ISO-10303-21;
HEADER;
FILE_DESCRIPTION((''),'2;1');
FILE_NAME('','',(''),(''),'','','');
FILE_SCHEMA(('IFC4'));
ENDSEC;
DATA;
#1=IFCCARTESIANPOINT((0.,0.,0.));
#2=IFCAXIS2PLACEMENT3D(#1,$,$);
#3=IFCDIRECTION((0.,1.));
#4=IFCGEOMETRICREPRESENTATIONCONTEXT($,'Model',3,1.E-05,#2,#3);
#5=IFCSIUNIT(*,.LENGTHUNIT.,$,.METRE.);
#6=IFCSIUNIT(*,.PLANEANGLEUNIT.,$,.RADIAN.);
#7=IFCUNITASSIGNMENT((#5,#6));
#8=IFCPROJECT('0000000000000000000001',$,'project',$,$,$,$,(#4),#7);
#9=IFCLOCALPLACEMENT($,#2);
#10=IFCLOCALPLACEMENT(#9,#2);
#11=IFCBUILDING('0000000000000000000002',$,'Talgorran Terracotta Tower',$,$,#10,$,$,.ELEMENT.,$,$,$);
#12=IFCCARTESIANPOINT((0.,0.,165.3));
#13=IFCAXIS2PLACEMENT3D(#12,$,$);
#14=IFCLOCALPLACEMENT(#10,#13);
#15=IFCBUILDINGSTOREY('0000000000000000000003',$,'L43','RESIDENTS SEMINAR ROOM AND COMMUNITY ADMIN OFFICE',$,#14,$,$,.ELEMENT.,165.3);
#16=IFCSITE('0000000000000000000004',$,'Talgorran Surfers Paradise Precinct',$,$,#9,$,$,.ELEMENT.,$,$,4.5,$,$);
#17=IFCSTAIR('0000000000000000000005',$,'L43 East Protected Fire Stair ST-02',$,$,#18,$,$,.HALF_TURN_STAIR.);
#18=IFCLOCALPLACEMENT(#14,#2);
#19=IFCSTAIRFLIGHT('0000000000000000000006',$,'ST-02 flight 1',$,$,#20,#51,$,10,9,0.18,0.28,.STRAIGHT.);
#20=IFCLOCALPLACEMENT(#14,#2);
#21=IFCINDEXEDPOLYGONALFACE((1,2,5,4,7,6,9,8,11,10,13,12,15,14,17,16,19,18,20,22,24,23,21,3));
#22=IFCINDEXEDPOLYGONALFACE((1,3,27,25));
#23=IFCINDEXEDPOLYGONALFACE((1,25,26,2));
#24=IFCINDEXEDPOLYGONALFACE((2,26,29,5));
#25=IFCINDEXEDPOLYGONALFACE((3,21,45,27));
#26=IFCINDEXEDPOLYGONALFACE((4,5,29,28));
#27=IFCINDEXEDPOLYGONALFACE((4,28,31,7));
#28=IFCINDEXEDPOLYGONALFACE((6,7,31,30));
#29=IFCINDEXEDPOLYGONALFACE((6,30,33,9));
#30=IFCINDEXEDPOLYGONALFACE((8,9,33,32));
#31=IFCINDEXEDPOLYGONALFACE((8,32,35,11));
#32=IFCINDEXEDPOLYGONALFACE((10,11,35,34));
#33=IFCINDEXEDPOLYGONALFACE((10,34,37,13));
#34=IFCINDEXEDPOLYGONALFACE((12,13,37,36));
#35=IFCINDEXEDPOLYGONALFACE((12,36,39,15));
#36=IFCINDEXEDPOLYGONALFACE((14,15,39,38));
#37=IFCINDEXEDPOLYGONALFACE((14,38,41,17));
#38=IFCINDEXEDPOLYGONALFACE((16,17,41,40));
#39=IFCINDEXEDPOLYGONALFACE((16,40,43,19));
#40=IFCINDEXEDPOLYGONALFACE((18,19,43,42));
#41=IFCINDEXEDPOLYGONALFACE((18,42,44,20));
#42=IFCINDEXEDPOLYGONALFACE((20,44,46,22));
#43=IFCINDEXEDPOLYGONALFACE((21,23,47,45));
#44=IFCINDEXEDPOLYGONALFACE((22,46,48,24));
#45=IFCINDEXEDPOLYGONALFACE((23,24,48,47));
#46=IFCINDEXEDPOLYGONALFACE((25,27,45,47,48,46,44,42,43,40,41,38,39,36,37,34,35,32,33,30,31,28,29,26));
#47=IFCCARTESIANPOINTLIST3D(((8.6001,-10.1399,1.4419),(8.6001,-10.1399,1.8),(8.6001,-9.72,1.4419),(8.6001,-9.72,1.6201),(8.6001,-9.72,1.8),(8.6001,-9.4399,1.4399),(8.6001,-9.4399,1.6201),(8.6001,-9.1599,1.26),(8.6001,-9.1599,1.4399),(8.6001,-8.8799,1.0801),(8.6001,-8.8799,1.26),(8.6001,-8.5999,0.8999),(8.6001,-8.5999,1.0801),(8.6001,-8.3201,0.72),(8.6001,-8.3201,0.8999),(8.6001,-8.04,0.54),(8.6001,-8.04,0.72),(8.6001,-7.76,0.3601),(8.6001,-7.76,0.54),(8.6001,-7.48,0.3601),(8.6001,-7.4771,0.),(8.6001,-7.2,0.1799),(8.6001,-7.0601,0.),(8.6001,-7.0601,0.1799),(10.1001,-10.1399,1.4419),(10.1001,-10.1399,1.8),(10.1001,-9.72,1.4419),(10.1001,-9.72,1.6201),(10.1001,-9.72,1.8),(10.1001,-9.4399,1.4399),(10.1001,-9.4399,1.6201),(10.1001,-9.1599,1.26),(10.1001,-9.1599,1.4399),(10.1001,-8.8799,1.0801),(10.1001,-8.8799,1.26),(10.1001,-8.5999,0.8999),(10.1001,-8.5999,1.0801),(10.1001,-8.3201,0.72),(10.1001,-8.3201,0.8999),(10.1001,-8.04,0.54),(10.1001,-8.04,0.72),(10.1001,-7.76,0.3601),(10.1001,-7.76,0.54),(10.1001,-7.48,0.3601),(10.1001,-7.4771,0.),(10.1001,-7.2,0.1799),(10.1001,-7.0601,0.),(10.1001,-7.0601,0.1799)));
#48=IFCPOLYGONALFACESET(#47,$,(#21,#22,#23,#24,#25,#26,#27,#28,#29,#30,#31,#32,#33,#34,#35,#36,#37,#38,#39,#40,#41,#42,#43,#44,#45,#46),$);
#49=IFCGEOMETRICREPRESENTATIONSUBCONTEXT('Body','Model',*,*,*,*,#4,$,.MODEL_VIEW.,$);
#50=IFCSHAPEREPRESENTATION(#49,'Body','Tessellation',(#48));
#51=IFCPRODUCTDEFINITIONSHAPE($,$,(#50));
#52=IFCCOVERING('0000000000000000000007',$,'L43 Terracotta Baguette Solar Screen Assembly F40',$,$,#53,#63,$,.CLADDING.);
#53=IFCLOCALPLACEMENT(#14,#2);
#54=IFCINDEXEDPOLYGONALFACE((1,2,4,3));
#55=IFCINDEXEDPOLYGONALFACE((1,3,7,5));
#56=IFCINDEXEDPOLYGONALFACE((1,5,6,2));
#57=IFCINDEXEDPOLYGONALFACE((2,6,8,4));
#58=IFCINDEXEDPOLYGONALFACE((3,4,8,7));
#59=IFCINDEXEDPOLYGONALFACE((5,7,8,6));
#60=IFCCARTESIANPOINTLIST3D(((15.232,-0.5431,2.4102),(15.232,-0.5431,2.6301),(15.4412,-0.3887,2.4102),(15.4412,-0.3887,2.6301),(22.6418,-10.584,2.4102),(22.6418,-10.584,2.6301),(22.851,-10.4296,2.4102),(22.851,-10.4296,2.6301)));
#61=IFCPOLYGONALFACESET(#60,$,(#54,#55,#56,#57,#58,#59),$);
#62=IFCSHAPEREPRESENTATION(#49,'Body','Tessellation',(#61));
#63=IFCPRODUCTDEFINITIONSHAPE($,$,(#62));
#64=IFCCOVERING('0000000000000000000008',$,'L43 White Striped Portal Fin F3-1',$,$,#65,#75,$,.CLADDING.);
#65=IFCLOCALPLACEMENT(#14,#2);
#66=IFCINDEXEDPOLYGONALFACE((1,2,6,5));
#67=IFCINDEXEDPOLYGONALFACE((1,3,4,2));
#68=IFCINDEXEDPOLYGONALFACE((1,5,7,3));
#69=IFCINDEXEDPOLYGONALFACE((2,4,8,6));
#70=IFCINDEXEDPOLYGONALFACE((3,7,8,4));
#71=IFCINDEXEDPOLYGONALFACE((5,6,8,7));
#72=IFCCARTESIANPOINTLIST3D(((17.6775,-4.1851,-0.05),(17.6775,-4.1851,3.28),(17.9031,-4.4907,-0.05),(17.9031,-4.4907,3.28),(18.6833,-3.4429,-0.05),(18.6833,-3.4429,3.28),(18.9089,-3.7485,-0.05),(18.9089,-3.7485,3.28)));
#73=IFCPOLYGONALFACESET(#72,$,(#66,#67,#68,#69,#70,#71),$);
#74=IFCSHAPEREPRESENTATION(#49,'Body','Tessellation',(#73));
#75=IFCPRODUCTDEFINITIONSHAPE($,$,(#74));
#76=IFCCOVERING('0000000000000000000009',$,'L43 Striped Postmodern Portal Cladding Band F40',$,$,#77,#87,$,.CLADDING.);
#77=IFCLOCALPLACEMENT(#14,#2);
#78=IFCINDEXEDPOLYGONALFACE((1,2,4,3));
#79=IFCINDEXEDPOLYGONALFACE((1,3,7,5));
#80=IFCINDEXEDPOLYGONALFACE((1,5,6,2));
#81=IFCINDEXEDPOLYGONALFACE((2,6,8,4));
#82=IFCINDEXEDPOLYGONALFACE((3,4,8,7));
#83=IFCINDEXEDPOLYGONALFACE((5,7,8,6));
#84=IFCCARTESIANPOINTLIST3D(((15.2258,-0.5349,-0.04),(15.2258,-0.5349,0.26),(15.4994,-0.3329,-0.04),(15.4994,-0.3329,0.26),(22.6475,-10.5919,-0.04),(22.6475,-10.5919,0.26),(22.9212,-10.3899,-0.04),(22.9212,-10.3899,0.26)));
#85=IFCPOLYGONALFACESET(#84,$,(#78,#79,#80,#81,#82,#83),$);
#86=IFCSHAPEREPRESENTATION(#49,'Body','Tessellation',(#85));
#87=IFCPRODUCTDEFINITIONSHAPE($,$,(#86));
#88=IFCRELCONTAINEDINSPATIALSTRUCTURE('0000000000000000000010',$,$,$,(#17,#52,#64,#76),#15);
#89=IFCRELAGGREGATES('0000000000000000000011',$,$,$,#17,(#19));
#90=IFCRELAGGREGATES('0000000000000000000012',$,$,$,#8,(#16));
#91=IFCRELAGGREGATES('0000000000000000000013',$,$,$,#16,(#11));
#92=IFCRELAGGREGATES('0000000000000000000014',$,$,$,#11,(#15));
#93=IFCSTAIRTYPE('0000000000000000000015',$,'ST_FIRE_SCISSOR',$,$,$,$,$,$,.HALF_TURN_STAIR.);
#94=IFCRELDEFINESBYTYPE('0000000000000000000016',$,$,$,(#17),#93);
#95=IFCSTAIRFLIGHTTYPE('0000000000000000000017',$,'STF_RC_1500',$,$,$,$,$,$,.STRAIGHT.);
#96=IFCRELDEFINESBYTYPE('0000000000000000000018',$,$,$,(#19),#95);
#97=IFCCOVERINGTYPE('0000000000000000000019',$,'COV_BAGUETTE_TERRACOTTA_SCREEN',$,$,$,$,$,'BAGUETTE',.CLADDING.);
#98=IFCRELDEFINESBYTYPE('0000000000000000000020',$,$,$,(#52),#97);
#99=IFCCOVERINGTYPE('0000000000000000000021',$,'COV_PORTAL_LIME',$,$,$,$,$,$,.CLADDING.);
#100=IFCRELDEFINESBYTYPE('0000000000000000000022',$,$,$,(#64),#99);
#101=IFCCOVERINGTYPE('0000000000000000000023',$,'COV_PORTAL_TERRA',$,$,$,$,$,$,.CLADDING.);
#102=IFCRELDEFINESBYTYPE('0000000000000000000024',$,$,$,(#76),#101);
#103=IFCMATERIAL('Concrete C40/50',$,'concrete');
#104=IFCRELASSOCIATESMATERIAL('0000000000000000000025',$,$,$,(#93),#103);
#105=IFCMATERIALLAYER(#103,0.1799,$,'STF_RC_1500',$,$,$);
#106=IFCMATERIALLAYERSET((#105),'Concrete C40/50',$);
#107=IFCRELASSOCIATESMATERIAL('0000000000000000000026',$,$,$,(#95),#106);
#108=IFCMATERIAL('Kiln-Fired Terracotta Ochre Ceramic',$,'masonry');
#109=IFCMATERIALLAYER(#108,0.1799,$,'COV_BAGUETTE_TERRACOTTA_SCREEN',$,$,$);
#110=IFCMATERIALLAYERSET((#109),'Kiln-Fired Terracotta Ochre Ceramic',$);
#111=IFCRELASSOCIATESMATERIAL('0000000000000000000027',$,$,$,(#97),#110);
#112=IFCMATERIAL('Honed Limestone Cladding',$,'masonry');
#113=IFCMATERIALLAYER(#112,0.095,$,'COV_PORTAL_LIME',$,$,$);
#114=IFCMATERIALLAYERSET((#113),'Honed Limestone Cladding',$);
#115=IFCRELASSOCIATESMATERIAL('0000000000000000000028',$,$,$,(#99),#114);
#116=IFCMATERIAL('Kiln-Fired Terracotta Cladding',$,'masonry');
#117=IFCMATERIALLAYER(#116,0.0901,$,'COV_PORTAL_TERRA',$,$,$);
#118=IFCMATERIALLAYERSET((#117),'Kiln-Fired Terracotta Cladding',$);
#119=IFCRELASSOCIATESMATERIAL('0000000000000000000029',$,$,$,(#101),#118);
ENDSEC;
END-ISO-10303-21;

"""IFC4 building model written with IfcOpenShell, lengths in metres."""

from ifc_helpers import new_model, si_unit, direction, frame, origin, origin_2d, place, context, subcontext, project, spatial, polyline, rectangle, outline, extrude, material, layer, layer_set, type_object, element, aggregate, save


model = new_model("IFC4")

# Units and contexts
model_context = context("Model", 3, precision=1e-05, world=origin(), true_north=direction((0.0, 1.0)))
body_context = subcontext(model_context, "Body", "Model", "MODEL_VIEW")
ifc_project = project(units=[si_unit("LENGTHUNIT", "METRE"), si_unit("PLANEANGLEUNIT", "RADIAN")], contexts=[model_context])

# Site, building, storey
site_placement = place(None, origin())
site = spatial("IfcSite", under=ifc_project, at=site_placement, Name="Talgorran Surfers Paradise Precinct", CompositionType="ELEMENT", RefElevation=4.5)
building_placement = place(site_placement, origin())
building = spatial("IfcBuilding", under=site, at=building_placement, Name="Talgorran Terracotta Tower", CompositionType="ELEMENT")
storey_placement = place(building_placement, frame((0.0, 0.0, 165.3)))
storey = spatial("IfcBuildingStorey", under=building, at=storey_placement, Name="L43", Description="RESIDENTS SEMINAR ROOM AND COMMUNITY ADMIN OFFICE", CompositionType="ELEMENT", Elevation=165.3)

# Shared definitions
ifc_material_1 = material(Name="Concrete C40/50", Category="concrete")

# Stair, stair flight
stair_type = type_object("IfcStairType", Name="ST_FIRE_SCISSOR", PredefinedType="HALF_TURN_STAIR", material=ifc_material_1)
stair_placement = place(storey_placement, origin())
stair = element("IfcStair", 1, at=stair_placement, inside=storey, type_object=stair_type, Name="L43 East Protected Fire Stair ST-02", PredefinedType="HALF_TURN_STAIR")
ifc_layer_1 = layer(ifc_material_1, 0.1799, Name="STF_RC_1500")
ifc_layer_set_1 = layer_set([ifc_layer_1], Name="Concrete C40/50")
stair_flight_type = type_object("IfcStairFlightType", Name="STF_RC_1500", PredefinedType="STRAIGHT", material=ifc_layer_set_1)
stair_flight_placement = place(storey_placement, frame((9.3501, -7.2, 0.0), z_axis=(0.0, 0.0, 1.0), x_axis=(0.0, -1.0, 0.0)))
stair_flight = element("IfcStairFlight", 2, at=stair_flight_placement, type_object=stair_flight_type, Name="ST-02 flight 1", NumberOfRisers=10, NumberOfTreads=9, PredefinedType="STRAIGHT", RiserHeight=0.18, TreadLength=0.28, context=body_context, shape_type="SweptSolid", body=[
    extrude(outline(polyline([(-0.1399, 0.0), (-0.1399, 0.1799), (0.0, 0.1799), (0.28, 0.3601), (0.5601, 0.3601), (0.5601, 0.54), (0.8401, 0.54), (0.8401, 0.72), (1.1201, 0.72), (1.1201, 0.8999), (1.3999, 0.8999), (1.3999, 1.0801), (1.6799, 1.0801), (1.6799, 1.26), (1.96, 1.26), (1.96, 1.4399), (2.24, 1.4399), (2.24, 1.6201), (2.52, 1.6201), (2.52, 1.8), (2.9399, 1.8), (2.9399, 1.4419), (2.52, 1.4419), (0.2771, 0.0), (-0.1399, 0.0)])), frame((0.0, 0.75, 0.0), z_axis=(0.0, -1.0, 0.0), x_axis=(1.0, 0.0, 0.0)), (0.0, 0.0, 1.0), 1.5),
])
aggregate(stair, [stair_flight])

# Coverings
ifc_material_2 = material(Name="Kiln-Fired Terracotta Ochre Ceramic", Category="masonry")
ifc_layer_2 = layer(ifc_material_2, 0.1799, Name="COV_BAGUETTE_TERRACOTTA_SCREEN")
ifc_layer_set_2 = layer_set([ifc_layer_2], Name="Kiln-Fired Terracotta Ochre Ceramic")
covering_type_1 = type_object("IfcCoveringType", Name="COV_BAGUETTE_TERRACOTTA_SCREEN", ElementType="BAGUETTE", PredefinedType="CLADDING", material=ifc_layer_set_2)
covering_1_placement = place(storey_placement, frame((19.0415, -5.4863, 2.4102), z_axis=(0.0, 0.0, 1.0), x_axis=(-0.593784, 0.804624, 0.0)))
element("IfcCovering", 3, at=covering_1_placement, inside=storey, type_object=covering_type_1, Name="L43 Terracotta Baguette Solar Screen Assembly F40", PredefinedType="CLADDING", context=body_context, shape_type="SweptSolid", body=[
    extrude(rectangle(XDim=12.479, YDim=0.26, at=origin_2d()), origin(), (0.0, 0.0, 1.0), 0.22),
])
ifc_material_3 = material(Name="Honed Limestone Cladding", Category="masonry")
ifc_layer_3 = layer(ifc_material_3, 0.095, Name="COV_PORTAL_LIME")
ifc_layer_set_3 = layer_set([ifc_layer_3], Name="Honed Limestone Cladding")
covering_type_2 = type_object("IfcCoveringType", Name="COV_PORTAL_LIME", PredefinedType="CLADDING", material=ifc_layer_set_3)
covering_2_placement = place(storey_placement, frame((18.2932, -3.9668, -0.05), z_axis=(0.0, 0.0, 1.0), x_axis=(-0.593784, 0.804624, 0.0)))
element("IfcCovering", 4, at=covering_2_placement, inside=storey, type_object=covering_type_2, Name="L43 White Striped Portal Fin F3-1", PredefinedType="CLADDING", context=body_context, shape_type="SweptSolid", body=[
    extrude(rectangle(XDim=0.3799, YDim=1.25, at=origin_2d()), origin(), (0.0, 0.0, 1.0), 3.3301),
])
ifc_material_4 = material(Name="Kiln-Fired Terracotta Cladding", Category="masonry")
ifc_layer_4 = layer(ifc_material_4, 0.0901, Name="COV_PORTAL_TERRA")
ifc_layer_set_4 = layer_set([ifc_layer_4], Name="Kiln-Fired Terracotta Cladding")
covering_type_3 = type_object("IfcCoveringType", Name="COV_PORTAL_TERRA", PredefinedType="CLADDING", material=ifc_layer_set_4)
covering_3_placement = place(storey_placement, frame((19.0735, -5.4624, -0.04), z_axis=(0.0, 0.0, 1.0), x_axis=(-0.593784, 0.804624, 0.0)))
element("IfcCovering", 5, at=covering_3_placement, inside=storey, type_object=covering_type_3, Name="L43 Striped Postmodern Portal Cladding Band F40", PredefinedType="CLADDING", context=body_context, shape_type="SweptSolid", body=[
    extrude(rectangle(XDim=12.499, YDim=0.3401, at=origin_2d()), origin(), (0.0, 0.0, 1.0), 0.3),
])

save(model, "model.ifc")
